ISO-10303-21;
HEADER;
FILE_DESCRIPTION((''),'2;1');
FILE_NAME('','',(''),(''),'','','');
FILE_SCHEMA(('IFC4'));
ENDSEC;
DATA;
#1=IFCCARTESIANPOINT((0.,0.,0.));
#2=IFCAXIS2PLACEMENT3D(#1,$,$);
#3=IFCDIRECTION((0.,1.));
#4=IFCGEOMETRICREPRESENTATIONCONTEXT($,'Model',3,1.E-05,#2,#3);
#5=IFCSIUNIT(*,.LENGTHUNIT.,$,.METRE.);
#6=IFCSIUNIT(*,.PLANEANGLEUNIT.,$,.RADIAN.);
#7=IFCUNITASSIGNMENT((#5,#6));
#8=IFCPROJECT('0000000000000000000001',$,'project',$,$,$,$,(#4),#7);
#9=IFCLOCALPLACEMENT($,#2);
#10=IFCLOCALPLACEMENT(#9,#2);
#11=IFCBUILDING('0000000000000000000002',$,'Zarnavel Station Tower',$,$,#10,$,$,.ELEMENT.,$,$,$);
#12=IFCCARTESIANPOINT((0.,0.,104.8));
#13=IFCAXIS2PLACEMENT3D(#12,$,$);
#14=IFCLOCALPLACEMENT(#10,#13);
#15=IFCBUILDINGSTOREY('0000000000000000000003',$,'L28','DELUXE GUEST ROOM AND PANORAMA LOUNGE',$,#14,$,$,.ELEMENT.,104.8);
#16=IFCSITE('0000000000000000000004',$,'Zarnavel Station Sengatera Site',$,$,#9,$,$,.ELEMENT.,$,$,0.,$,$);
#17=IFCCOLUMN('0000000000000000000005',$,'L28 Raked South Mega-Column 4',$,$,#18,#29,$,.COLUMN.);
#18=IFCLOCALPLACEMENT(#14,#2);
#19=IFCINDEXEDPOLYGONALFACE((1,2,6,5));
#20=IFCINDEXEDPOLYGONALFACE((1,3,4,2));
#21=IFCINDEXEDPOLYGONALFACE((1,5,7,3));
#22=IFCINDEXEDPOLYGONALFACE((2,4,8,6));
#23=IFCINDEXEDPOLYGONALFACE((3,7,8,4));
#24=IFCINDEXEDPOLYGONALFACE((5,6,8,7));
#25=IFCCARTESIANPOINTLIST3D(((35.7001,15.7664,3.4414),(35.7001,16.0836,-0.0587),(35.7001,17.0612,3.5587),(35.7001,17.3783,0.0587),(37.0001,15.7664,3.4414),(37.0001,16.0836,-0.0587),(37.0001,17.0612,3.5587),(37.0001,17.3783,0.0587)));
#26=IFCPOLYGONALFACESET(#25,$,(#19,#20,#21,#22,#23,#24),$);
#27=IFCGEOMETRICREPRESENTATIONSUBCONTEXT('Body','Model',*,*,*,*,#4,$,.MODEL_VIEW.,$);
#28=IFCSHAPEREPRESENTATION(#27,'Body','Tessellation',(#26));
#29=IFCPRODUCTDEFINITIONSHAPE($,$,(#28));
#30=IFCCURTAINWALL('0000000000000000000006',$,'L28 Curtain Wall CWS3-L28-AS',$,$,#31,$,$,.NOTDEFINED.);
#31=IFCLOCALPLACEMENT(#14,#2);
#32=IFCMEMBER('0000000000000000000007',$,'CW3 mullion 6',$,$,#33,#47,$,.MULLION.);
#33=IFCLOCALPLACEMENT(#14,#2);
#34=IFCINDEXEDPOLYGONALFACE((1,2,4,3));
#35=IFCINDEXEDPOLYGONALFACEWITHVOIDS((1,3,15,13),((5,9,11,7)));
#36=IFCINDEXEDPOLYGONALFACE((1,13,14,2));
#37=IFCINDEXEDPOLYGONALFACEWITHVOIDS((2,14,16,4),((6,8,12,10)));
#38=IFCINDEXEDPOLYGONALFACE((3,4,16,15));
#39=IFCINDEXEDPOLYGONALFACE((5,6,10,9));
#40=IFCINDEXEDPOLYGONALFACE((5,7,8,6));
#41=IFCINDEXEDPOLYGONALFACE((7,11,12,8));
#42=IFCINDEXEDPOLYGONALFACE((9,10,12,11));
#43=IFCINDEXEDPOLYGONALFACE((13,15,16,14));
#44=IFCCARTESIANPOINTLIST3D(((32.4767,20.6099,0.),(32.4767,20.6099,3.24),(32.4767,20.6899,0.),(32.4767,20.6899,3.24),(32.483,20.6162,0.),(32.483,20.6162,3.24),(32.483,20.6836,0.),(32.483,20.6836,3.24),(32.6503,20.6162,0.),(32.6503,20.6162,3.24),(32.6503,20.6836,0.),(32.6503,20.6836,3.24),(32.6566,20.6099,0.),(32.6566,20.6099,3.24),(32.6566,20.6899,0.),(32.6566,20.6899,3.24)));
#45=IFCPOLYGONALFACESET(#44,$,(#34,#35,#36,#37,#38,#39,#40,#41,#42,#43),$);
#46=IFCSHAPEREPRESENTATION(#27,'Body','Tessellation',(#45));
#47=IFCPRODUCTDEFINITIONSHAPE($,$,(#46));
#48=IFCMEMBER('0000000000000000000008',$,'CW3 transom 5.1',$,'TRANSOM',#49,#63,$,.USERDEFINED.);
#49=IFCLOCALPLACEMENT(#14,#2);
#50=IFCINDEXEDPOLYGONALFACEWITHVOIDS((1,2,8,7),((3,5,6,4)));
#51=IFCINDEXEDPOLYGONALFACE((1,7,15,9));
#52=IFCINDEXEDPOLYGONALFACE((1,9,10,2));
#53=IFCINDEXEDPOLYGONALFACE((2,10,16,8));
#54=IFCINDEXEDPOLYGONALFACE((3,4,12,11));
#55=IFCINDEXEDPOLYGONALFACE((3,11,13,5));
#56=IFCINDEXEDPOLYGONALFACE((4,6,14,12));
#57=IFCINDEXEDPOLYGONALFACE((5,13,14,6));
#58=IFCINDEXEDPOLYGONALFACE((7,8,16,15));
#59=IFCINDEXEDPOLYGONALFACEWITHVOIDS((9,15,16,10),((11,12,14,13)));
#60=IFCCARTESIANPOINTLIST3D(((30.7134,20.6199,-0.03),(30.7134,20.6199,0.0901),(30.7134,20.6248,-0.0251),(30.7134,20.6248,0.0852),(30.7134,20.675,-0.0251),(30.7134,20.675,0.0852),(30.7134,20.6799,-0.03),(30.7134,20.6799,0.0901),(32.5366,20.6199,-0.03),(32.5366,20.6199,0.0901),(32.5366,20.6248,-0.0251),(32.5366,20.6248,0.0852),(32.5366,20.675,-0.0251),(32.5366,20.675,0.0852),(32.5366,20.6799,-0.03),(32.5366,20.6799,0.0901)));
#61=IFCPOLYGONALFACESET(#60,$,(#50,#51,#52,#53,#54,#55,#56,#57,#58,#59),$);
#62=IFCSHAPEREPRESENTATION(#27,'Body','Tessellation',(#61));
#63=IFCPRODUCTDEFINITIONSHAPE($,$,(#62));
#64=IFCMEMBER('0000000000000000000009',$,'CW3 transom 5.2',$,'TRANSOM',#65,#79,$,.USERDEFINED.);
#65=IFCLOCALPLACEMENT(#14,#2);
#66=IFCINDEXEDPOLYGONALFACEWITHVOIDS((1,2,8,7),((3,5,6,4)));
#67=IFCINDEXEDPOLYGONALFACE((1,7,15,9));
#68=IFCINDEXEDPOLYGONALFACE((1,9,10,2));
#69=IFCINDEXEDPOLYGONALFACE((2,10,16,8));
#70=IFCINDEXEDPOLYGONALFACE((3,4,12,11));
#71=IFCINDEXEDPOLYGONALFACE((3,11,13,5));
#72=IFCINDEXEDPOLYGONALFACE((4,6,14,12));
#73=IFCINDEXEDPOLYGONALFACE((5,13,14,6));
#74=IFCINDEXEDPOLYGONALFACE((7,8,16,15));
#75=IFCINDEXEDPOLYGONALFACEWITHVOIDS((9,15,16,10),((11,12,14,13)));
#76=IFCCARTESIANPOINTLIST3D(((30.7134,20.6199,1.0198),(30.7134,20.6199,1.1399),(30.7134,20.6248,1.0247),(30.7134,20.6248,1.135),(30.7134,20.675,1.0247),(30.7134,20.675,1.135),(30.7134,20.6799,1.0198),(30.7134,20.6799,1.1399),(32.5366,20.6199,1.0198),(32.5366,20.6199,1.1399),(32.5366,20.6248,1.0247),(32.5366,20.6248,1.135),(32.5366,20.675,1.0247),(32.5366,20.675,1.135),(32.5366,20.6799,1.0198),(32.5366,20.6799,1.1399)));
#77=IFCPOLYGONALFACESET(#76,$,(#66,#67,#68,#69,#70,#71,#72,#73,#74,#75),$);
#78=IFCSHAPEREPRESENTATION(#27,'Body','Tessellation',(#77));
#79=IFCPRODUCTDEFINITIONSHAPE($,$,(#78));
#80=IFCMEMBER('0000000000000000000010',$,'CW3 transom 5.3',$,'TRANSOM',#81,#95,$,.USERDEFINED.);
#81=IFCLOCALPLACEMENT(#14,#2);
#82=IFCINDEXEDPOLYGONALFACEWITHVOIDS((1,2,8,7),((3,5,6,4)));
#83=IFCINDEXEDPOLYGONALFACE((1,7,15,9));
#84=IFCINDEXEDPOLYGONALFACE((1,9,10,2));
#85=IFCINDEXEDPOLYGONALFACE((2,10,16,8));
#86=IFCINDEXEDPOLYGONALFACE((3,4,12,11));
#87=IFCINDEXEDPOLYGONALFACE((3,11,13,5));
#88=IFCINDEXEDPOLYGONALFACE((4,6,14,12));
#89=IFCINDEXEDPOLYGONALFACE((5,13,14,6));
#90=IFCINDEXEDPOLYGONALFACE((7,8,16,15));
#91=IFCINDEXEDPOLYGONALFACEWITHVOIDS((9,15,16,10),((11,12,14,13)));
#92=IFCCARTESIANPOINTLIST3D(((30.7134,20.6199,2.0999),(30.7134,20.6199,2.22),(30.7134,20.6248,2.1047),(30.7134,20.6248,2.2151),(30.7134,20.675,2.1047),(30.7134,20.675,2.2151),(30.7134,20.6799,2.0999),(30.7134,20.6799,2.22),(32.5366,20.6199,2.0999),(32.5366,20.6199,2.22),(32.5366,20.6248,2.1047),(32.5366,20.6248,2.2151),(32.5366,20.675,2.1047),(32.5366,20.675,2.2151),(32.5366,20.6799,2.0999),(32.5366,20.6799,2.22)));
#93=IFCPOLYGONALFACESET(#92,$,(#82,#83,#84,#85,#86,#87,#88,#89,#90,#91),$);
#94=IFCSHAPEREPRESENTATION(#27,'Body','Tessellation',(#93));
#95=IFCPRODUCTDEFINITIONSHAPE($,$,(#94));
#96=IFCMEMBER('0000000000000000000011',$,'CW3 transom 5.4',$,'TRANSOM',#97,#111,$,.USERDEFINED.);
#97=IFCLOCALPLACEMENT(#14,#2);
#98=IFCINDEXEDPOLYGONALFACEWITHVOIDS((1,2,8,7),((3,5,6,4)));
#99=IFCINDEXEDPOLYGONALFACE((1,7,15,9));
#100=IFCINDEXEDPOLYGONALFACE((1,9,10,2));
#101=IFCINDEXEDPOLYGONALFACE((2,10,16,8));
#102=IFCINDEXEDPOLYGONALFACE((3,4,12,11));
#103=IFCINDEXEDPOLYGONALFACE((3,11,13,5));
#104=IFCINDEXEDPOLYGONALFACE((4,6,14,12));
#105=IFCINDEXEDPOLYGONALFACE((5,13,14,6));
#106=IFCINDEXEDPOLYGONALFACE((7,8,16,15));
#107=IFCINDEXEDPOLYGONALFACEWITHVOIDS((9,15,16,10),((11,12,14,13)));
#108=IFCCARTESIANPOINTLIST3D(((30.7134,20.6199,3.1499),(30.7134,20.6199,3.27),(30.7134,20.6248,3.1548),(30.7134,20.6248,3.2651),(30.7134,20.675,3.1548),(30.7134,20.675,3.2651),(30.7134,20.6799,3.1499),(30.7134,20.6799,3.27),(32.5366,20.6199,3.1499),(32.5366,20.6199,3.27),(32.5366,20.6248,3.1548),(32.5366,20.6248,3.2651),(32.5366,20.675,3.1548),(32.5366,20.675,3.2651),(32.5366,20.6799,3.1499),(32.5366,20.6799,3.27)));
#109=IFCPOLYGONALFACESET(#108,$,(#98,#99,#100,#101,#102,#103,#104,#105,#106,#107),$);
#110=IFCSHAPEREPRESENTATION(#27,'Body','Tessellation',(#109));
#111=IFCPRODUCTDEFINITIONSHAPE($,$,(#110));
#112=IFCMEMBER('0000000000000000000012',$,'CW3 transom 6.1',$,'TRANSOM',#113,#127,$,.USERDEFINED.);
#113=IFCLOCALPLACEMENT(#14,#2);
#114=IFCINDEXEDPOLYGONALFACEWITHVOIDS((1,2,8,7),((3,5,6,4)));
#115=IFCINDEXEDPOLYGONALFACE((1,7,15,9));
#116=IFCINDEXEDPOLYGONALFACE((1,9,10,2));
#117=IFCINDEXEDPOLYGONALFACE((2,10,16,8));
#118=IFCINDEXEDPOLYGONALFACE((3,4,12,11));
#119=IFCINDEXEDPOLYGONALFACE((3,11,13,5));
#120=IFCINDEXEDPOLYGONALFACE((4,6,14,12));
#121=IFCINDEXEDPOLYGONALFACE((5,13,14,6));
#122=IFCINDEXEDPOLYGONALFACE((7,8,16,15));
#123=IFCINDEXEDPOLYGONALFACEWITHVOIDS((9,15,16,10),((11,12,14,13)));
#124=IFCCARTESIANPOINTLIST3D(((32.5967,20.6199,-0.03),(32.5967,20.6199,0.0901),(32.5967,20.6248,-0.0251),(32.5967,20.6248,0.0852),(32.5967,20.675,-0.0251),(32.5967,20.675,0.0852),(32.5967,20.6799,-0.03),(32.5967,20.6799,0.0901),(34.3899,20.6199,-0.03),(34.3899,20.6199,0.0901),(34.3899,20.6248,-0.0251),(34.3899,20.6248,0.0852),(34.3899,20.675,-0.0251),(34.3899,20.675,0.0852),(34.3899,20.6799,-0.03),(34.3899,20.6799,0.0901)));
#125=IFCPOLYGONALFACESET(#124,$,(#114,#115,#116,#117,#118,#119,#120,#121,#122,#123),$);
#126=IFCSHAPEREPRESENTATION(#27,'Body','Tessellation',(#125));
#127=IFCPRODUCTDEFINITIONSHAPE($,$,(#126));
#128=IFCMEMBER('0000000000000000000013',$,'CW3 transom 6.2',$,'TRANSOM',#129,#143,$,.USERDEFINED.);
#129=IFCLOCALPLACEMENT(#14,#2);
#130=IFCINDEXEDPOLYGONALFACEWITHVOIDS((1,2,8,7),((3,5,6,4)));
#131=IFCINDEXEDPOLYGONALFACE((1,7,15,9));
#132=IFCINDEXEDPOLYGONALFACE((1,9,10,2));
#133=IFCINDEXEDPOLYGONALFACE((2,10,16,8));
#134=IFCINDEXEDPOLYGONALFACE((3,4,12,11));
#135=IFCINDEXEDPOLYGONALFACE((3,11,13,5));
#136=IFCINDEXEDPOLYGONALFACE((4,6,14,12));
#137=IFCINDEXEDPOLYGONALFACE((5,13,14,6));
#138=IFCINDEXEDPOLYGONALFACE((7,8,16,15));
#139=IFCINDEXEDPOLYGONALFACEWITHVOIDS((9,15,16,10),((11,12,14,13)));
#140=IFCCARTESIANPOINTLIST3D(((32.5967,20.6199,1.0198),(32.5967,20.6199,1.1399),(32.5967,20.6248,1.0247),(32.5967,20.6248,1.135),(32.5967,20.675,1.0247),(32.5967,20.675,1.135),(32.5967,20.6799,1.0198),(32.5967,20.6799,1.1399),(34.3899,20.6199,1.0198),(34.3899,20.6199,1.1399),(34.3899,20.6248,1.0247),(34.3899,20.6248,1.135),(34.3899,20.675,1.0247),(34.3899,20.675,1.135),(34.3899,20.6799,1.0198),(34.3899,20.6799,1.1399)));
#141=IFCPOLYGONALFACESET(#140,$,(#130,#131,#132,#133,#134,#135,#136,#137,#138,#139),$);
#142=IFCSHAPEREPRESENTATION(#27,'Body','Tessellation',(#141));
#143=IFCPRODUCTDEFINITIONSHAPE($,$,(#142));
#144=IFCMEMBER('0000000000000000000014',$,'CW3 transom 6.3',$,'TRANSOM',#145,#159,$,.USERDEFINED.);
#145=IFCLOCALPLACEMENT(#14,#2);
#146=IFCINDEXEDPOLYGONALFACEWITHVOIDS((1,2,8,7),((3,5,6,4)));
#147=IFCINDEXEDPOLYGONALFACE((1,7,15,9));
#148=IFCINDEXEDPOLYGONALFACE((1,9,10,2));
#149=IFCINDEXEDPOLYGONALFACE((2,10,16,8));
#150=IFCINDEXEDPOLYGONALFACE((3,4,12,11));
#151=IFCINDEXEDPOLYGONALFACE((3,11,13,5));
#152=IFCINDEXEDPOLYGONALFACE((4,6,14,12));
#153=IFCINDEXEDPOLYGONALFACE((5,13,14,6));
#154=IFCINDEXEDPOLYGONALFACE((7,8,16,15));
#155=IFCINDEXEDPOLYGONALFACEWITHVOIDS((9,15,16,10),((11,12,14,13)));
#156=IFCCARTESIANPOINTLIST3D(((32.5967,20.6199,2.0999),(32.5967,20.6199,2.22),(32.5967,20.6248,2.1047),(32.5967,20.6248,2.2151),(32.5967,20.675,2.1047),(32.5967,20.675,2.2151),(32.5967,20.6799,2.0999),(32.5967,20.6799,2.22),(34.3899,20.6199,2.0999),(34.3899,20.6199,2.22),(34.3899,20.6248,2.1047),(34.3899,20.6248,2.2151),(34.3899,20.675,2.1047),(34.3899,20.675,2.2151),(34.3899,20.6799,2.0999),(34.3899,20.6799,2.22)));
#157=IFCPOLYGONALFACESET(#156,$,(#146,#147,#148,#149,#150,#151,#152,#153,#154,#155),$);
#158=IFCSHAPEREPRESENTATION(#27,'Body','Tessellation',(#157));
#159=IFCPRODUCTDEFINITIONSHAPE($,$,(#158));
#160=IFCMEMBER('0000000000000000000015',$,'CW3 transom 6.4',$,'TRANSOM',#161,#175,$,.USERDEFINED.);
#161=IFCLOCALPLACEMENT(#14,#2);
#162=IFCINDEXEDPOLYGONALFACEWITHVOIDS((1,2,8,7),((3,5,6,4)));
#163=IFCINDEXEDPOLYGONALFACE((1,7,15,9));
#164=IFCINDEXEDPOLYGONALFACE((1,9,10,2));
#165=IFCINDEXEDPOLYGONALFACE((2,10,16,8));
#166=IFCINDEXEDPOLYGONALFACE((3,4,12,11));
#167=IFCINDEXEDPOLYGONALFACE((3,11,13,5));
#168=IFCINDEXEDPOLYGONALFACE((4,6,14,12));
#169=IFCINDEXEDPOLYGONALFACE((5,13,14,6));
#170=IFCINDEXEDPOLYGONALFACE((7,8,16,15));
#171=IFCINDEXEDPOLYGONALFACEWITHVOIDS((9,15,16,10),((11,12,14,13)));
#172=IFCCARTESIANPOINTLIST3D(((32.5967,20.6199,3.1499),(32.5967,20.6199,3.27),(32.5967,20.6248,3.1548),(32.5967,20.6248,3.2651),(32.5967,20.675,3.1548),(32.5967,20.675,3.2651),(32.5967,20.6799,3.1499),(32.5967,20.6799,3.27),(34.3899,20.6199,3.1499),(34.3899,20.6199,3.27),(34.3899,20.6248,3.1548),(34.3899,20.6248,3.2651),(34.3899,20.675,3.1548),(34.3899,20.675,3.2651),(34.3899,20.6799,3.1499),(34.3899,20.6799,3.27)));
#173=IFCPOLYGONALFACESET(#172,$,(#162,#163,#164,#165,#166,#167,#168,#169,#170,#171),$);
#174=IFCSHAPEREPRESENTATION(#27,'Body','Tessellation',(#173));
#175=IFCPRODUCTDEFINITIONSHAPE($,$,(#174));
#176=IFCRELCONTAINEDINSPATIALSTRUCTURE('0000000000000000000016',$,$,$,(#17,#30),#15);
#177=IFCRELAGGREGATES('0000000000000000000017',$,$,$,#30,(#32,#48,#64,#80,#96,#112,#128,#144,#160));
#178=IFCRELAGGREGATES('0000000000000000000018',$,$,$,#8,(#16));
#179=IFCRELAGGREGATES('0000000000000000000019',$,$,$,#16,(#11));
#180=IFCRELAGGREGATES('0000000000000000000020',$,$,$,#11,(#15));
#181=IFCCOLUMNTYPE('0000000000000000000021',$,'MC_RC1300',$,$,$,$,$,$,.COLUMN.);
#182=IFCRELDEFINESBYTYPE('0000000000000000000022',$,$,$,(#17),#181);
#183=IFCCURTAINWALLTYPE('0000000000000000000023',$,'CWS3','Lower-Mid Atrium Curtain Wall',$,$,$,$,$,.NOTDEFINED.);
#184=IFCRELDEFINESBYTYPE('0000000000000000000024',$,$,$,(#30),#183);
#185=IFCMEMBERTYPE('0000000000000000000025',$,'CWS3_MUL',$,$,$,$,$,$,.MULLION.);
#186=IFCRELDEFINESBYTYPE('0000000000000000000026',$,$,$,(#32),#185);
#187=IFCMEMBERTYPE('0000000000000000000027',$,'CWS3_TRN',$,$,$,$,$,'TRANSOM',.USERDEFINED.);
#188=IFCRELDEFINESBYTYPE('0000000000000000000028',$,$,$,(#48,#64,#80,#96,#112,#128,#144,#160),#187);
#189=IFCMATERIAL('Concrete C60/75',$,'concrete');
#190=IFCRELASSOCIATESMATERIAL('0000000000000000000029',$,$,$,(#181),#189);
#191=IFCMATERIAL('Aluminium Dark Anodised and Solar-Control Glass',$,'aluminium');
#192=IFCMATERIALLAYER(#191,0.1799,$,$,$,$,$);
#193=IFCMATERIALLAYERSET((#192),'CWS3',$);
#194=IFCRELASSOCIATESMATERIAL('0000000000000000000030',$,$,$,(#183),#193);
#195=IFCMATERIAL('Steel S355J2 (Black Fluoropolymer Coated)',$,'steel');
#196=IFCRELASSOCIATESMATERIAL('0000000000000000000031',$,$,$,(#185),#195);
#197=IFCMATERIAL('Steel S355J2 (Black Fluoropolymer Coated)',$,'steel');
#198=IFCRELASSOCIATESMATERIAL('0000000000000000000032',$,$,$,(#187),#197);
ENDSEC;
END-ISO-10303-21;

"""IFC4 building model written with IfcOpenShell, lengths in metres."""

from ifc_helpers import new_model, si_unit, direction, frame, origin, origin_2d, place, context, subcontext, project, spatial, rectangle, hollow_rectangle, extrude, material, layer, layer_set, material_profile, profile_set, type_object, element, aggregate, save


model = new_model("IFC4")

# Units and contexts
model_context = context("Model", 3, precision=1e-05, world=origin(), true_north=direction((0.0, 1.0)))
body_context = subcontext(model_context, "Body", "Model", "MODEL_VIEW")
ifc_project = project(units=[si_unit("LENGTHUNIT", "METRE"), si_unit("PLANEANGLEUNIT", "RADIAN")], contexts=[model_context])

# Site, building, storey
site_placement = place(None, origin())
site = spatial("IfcSite", under=ifc_project, at=site_placement, Name="Zarnavel Station Sengatera Site", CompositionType="ELEMENT", RefElevation=0.0)
building_placement = place(site_placement, origin())
building = spatial("IfcBuilding", under=site, at=building_placement, Name="Zarnavel Station Tower", CompositionType="ELEMENT")
storey_placement = place(building_placement, frame((0.0, 0.0, 104.8)))
storey = spatial("IfcBuildingStorey", under=building, at=storey_placement, Name="L28", Description="DELUXE GUEST ROOM AND PANORAMA LOUNGE", CompositionType="ELEMENT", Elevation=104.8)

# Column
ifc_material_1 = material(Name="Concrete C60/75", Category="concrete")
ifc_material_profile_1 = material_profile(ifc_material_1, rectangle(XDim=1.3, YDim=1.3, at=origin_2d()), Name="RC1300x1300")
ifc_profile_set_1 = profile_set([ifc_material_profile_1], Name="Concrete C60/75")
column_type = type_object("IfcColumnType", Name="MC_RC1300", PredefinedType="COLUMN", material=ifc_profile_set_1)
column_placement = place(storey_placement, frame((36.3501, 16.731, 0.0), z_axis=(0.0, -0.090241, 0.99592), x_axis=(1.0, 0.0, 0.0)))
element("IfcColumn", 1, at=column_placement, inside=storey, type_object=column_type, Name="L28 Raked South Mega-Column 4", PredefinedType="COLUMN", context=body_context, shape_type="SweptSolid", body=[
    extrude(rectangle(XDim=1.3, YDim=1.3, at=origin_2d()), origin(), (0.0, 0.0, 1.0), 3.5144),
])

# Curtain wall, members
ifc_material_2 = material(Name="Aluminium Dark Anodised and Solar-Control Glass", Category="aluminium")
ifc_layer_1 = layer(ifc_material_2, 0.1799)
ifc_layer_set_1 = layer_set([ifc_layer_1], Name="CWS3")
curtain_wall_type = type_object("IfcCurtainWallType", Name="CWS3", Description="Lower-Mid Atrium Curtain Wall", PredefinedType="NOTDEFINED", material=ifc_layer_set_1)
curtain_wall_placement = place(storey_placement, origin())
curtain_wall = element("IfcCurtainWall", 2, at=curtain_wall_placement, inside=storey, type_object=curtain_wall_type, Name="L28 Curtain Wall CWS3-L28-AS", PredefinedType="NOTDEFINED")
ifc_material_3 = material(Name="Steel S355J2 (Black Fluoropolymer Coated)", Category="steel")
ifc_material_profile_2 = material_profile(ifc_material_3, hollow_rectangle(XDim=0.0801, YDim=0.1799, WallThickness=0.0063, at=origin_2d()), Name="RHS180x80x6.3")
ifc_profile_set_2 = profile_set([ifc_material_profile_2], Name="Steel S355J2 (Black Fluoropolymer Coated)")
member_type_1 = type_object("IfcMemberType", Name="CWS3_MUL", PredefinedType="MULLION", material=ifc_profile_set_2)
member_1_placement = place(storey_placement, frame((32.5667, 20.6499, 0.0), z_axis=(0.0, 0.0, 1.0), x_axis=(0.0, 1.0, 0.0)))
member_1 = element("IfcMember", 3, at=member_1_placement, type_object=member_type_1, Name="CW3 mullion 6", PredefinedType="MULLION", context=body_context, shape_type="SweptSolid", body=[
    extrude(hollow_rectangle(XDim=0.0801, YDim=0.1799, WallThickness=0.0063, at=origin_2d()), origin(), (0.0, 0.0, 1.0), 3.24),
])
ifc_material_4 = material(Name="Steel S355J2 (Black Fluoropolymer Coated)", Category="steel")
ifc_material_profile_3 = material_profile(ifc_material_4, hollow_rectangle(XDim=0.0601, YDim=0.1201, WallThickness=0.0049, at=origin_2d()), Name="RHS120x60x5")
ifc_profile_set_3 = profile_set([ifc_material_profile_3], Name="Steel S355J2 (Black Fluoropolymer Coated)")
member_type_2 = type_object("IfcMemberType", Name="CWS3_TRN", ElementType="TRANSOM", PredefinedType="USERDEFINED", material=ifc_profile_set_3)
member_2_placement = place(storey_placement, frame((30.7134, 20.6499, 0.03), z_axis=(1.0, 0.0, 0.0), x_axis=(0.0, 1.0, 0.0)))
member_2 = element("IfcMember", 4, at=member_2_placement, type_object=member_type_2, Name="CW3 transom 5.1", ObjectType="TRANSOM", PredefinedType="USERDEFINED", context=body_context, shape_type="SweptSolid", body=[
    extrude(hollow_rectangle(XDim=0.0601, YDim=0.1201, WallThickness=0.0049, at=origin_2d()), origin(), (0.0, 0.0, 1.0), 1.8232),
])
member_3_placement = place(storey_placement, frame((30.7134, 20.6499, 1.0798), z_axis=(1.0, 0.0, 0.0), x_axis=(0.0, 1.0, 0.0)))
member_3 = element("IfcMember", 5, at=member_3_placement, type_object=member_type_2, Name="CW3 transom 5.2", ObjectType="TRANSOM", PredefinedType="USERDEFINED", context=body_context, shape_type="SweptSolid", body=[
    extrude(hollow_rectangle(XDim=0.0601, YDim=0.1201, WallThickness=0.0049, at=origin_2d()), origin(), (0.0, 0.0, 1.0), 1.8232),
])
member_4_placement = place(storey_placement, frame((30.7134, 20.6499, 2.1599), z_axis=(1.0, 0.0, 0.0), x_axis=(0.0, 1.0, 0.0)))
member_4 = element("IfcMember", 6, at=member_4_placement, type_object=member_type_2, Name="CW3 transom 5.3", ObjectType="TRANSOM", PredefinedType="USERDEFINED", context=body_context, shape_type="SweptSolid", body=[
    extrude(hollow_rectangle(XDim=0.0601, YDim=0.1201, WallThickness=0.0049, at=origin_2d()), origin(), (0.0, 0.0, 1.0), 1.8232),
])
member_5_placement = place(storey_placement, frame((30.7134, 20.6499, 3.21), z_axis=(1.0, 0.0, 0.0), x_axis=(0.0, 1.0, 0.0)))
member_5 = element("IfcMember", 7, at=member_5_placement, type_object=member_type_2, Name="CW3 transom 5.4", ObjectType="TRANSOM", PredefinedType="USERDEFINED", context=body_context, shape_type="SweptSolid", body=[
    extrude(hollow_rectangle(XDim=0.0601, YDim=0.1201, WallThickness=0.0049, at=origin_2d()), origin(), (0.0, 0.0, 1.0), 1.8232),
])
member_6_placement = place(storey_placement, frame((32.5967, 20.6499, 0.03), z_axis=(1.0, 0.0, 0.0), x_axis=(0.0, 1.0, 0.0)))
member_6 = element("IfcMember", 8, at=member_6_placement, type_object=member_type_2, Name="CW3 transom 6.1", ObjectType="TRANSOM", PredefinedType="USERDEFINED", context=body_context, shape_type="SweptSolid", body=[
    extrude(hollow_rectangle(XDim=0.0601, YDim=0.1201, WallThickness=0.0049, at=origin_2d()), origin(), (0.0, 0.0, 1.0), 1.7932),
])
member_7_placement = place(storey_placement, frame((32.5967, 20.6499, 1.0798), z_axis=(1.0, 0.0, 0.0), x_axis=(0.0, 1.0, 0.0)))
member_7 = element("IfcMember", 9, at=member_7_placement, type_object=member_type_2, Name="CW3 transom 6.2", ObjectType="TRANSOM", PredefinedType="USERDEFINED", context=body_context, shape_type="SweptSolid", body=[
    extrude(hollow_rectangle(XDim=0.0601, YDim=0.1201, WallThickness=0.0049, at=origin_2d()), origin(), (0.0, 0.0, 1.0), 1.7932),
])
member_8_placement = place(storey_placement, frame((32.5967, 20.6499, 2.1599), z_axis=(1.0, 0.0, 0.0), x_axis=(0.0, 1.0, 0.0)))
member_8 = element("IfcMember", 10, at=member_8_placement, type_object=member_type_2, Name="CW3 transom 6.3", ObjectType="TRANSOM", PredefinedType="USERDEFINED", context=body_context, shape_type="SweptSolid", body=[
    extrude(hollow_rectangle(XDim=0.0601, YDim=0.1201, WallThickness=0.0049, at=origin_2d()), origin(), (0.0, 0.0, 1.0), 1.7932),
])
member_9_placement = place(storey_placement, frame((32.5967, 20.6499, 3.21), z_axis=(1.0, 0.0, 0.0), x_axis=(0.0, 1.0, 0.0)))
member_9 = element("IfcMember", 11, at=member_9_placement, type_object=member_type_2, Name="CW3 transom 6.4", ObjectType="TRANSOM", PredefinedType="USERDEFINED", context=body_context, shape_type="SweptSolid", body=[
    extrude(hollow_rectangle(XDim=0.0601, YDim=0.1201, WallThickness=0.0049, at=origin_2d()), origin(), (0.0, 0.0, 1.0), 1.7932),
])

aggregate(curtain_wall, [member_1, member_2, member_3, member_4, member_5, member_6, member_7, member_8, member_9])

save(model, "model.ifc")
